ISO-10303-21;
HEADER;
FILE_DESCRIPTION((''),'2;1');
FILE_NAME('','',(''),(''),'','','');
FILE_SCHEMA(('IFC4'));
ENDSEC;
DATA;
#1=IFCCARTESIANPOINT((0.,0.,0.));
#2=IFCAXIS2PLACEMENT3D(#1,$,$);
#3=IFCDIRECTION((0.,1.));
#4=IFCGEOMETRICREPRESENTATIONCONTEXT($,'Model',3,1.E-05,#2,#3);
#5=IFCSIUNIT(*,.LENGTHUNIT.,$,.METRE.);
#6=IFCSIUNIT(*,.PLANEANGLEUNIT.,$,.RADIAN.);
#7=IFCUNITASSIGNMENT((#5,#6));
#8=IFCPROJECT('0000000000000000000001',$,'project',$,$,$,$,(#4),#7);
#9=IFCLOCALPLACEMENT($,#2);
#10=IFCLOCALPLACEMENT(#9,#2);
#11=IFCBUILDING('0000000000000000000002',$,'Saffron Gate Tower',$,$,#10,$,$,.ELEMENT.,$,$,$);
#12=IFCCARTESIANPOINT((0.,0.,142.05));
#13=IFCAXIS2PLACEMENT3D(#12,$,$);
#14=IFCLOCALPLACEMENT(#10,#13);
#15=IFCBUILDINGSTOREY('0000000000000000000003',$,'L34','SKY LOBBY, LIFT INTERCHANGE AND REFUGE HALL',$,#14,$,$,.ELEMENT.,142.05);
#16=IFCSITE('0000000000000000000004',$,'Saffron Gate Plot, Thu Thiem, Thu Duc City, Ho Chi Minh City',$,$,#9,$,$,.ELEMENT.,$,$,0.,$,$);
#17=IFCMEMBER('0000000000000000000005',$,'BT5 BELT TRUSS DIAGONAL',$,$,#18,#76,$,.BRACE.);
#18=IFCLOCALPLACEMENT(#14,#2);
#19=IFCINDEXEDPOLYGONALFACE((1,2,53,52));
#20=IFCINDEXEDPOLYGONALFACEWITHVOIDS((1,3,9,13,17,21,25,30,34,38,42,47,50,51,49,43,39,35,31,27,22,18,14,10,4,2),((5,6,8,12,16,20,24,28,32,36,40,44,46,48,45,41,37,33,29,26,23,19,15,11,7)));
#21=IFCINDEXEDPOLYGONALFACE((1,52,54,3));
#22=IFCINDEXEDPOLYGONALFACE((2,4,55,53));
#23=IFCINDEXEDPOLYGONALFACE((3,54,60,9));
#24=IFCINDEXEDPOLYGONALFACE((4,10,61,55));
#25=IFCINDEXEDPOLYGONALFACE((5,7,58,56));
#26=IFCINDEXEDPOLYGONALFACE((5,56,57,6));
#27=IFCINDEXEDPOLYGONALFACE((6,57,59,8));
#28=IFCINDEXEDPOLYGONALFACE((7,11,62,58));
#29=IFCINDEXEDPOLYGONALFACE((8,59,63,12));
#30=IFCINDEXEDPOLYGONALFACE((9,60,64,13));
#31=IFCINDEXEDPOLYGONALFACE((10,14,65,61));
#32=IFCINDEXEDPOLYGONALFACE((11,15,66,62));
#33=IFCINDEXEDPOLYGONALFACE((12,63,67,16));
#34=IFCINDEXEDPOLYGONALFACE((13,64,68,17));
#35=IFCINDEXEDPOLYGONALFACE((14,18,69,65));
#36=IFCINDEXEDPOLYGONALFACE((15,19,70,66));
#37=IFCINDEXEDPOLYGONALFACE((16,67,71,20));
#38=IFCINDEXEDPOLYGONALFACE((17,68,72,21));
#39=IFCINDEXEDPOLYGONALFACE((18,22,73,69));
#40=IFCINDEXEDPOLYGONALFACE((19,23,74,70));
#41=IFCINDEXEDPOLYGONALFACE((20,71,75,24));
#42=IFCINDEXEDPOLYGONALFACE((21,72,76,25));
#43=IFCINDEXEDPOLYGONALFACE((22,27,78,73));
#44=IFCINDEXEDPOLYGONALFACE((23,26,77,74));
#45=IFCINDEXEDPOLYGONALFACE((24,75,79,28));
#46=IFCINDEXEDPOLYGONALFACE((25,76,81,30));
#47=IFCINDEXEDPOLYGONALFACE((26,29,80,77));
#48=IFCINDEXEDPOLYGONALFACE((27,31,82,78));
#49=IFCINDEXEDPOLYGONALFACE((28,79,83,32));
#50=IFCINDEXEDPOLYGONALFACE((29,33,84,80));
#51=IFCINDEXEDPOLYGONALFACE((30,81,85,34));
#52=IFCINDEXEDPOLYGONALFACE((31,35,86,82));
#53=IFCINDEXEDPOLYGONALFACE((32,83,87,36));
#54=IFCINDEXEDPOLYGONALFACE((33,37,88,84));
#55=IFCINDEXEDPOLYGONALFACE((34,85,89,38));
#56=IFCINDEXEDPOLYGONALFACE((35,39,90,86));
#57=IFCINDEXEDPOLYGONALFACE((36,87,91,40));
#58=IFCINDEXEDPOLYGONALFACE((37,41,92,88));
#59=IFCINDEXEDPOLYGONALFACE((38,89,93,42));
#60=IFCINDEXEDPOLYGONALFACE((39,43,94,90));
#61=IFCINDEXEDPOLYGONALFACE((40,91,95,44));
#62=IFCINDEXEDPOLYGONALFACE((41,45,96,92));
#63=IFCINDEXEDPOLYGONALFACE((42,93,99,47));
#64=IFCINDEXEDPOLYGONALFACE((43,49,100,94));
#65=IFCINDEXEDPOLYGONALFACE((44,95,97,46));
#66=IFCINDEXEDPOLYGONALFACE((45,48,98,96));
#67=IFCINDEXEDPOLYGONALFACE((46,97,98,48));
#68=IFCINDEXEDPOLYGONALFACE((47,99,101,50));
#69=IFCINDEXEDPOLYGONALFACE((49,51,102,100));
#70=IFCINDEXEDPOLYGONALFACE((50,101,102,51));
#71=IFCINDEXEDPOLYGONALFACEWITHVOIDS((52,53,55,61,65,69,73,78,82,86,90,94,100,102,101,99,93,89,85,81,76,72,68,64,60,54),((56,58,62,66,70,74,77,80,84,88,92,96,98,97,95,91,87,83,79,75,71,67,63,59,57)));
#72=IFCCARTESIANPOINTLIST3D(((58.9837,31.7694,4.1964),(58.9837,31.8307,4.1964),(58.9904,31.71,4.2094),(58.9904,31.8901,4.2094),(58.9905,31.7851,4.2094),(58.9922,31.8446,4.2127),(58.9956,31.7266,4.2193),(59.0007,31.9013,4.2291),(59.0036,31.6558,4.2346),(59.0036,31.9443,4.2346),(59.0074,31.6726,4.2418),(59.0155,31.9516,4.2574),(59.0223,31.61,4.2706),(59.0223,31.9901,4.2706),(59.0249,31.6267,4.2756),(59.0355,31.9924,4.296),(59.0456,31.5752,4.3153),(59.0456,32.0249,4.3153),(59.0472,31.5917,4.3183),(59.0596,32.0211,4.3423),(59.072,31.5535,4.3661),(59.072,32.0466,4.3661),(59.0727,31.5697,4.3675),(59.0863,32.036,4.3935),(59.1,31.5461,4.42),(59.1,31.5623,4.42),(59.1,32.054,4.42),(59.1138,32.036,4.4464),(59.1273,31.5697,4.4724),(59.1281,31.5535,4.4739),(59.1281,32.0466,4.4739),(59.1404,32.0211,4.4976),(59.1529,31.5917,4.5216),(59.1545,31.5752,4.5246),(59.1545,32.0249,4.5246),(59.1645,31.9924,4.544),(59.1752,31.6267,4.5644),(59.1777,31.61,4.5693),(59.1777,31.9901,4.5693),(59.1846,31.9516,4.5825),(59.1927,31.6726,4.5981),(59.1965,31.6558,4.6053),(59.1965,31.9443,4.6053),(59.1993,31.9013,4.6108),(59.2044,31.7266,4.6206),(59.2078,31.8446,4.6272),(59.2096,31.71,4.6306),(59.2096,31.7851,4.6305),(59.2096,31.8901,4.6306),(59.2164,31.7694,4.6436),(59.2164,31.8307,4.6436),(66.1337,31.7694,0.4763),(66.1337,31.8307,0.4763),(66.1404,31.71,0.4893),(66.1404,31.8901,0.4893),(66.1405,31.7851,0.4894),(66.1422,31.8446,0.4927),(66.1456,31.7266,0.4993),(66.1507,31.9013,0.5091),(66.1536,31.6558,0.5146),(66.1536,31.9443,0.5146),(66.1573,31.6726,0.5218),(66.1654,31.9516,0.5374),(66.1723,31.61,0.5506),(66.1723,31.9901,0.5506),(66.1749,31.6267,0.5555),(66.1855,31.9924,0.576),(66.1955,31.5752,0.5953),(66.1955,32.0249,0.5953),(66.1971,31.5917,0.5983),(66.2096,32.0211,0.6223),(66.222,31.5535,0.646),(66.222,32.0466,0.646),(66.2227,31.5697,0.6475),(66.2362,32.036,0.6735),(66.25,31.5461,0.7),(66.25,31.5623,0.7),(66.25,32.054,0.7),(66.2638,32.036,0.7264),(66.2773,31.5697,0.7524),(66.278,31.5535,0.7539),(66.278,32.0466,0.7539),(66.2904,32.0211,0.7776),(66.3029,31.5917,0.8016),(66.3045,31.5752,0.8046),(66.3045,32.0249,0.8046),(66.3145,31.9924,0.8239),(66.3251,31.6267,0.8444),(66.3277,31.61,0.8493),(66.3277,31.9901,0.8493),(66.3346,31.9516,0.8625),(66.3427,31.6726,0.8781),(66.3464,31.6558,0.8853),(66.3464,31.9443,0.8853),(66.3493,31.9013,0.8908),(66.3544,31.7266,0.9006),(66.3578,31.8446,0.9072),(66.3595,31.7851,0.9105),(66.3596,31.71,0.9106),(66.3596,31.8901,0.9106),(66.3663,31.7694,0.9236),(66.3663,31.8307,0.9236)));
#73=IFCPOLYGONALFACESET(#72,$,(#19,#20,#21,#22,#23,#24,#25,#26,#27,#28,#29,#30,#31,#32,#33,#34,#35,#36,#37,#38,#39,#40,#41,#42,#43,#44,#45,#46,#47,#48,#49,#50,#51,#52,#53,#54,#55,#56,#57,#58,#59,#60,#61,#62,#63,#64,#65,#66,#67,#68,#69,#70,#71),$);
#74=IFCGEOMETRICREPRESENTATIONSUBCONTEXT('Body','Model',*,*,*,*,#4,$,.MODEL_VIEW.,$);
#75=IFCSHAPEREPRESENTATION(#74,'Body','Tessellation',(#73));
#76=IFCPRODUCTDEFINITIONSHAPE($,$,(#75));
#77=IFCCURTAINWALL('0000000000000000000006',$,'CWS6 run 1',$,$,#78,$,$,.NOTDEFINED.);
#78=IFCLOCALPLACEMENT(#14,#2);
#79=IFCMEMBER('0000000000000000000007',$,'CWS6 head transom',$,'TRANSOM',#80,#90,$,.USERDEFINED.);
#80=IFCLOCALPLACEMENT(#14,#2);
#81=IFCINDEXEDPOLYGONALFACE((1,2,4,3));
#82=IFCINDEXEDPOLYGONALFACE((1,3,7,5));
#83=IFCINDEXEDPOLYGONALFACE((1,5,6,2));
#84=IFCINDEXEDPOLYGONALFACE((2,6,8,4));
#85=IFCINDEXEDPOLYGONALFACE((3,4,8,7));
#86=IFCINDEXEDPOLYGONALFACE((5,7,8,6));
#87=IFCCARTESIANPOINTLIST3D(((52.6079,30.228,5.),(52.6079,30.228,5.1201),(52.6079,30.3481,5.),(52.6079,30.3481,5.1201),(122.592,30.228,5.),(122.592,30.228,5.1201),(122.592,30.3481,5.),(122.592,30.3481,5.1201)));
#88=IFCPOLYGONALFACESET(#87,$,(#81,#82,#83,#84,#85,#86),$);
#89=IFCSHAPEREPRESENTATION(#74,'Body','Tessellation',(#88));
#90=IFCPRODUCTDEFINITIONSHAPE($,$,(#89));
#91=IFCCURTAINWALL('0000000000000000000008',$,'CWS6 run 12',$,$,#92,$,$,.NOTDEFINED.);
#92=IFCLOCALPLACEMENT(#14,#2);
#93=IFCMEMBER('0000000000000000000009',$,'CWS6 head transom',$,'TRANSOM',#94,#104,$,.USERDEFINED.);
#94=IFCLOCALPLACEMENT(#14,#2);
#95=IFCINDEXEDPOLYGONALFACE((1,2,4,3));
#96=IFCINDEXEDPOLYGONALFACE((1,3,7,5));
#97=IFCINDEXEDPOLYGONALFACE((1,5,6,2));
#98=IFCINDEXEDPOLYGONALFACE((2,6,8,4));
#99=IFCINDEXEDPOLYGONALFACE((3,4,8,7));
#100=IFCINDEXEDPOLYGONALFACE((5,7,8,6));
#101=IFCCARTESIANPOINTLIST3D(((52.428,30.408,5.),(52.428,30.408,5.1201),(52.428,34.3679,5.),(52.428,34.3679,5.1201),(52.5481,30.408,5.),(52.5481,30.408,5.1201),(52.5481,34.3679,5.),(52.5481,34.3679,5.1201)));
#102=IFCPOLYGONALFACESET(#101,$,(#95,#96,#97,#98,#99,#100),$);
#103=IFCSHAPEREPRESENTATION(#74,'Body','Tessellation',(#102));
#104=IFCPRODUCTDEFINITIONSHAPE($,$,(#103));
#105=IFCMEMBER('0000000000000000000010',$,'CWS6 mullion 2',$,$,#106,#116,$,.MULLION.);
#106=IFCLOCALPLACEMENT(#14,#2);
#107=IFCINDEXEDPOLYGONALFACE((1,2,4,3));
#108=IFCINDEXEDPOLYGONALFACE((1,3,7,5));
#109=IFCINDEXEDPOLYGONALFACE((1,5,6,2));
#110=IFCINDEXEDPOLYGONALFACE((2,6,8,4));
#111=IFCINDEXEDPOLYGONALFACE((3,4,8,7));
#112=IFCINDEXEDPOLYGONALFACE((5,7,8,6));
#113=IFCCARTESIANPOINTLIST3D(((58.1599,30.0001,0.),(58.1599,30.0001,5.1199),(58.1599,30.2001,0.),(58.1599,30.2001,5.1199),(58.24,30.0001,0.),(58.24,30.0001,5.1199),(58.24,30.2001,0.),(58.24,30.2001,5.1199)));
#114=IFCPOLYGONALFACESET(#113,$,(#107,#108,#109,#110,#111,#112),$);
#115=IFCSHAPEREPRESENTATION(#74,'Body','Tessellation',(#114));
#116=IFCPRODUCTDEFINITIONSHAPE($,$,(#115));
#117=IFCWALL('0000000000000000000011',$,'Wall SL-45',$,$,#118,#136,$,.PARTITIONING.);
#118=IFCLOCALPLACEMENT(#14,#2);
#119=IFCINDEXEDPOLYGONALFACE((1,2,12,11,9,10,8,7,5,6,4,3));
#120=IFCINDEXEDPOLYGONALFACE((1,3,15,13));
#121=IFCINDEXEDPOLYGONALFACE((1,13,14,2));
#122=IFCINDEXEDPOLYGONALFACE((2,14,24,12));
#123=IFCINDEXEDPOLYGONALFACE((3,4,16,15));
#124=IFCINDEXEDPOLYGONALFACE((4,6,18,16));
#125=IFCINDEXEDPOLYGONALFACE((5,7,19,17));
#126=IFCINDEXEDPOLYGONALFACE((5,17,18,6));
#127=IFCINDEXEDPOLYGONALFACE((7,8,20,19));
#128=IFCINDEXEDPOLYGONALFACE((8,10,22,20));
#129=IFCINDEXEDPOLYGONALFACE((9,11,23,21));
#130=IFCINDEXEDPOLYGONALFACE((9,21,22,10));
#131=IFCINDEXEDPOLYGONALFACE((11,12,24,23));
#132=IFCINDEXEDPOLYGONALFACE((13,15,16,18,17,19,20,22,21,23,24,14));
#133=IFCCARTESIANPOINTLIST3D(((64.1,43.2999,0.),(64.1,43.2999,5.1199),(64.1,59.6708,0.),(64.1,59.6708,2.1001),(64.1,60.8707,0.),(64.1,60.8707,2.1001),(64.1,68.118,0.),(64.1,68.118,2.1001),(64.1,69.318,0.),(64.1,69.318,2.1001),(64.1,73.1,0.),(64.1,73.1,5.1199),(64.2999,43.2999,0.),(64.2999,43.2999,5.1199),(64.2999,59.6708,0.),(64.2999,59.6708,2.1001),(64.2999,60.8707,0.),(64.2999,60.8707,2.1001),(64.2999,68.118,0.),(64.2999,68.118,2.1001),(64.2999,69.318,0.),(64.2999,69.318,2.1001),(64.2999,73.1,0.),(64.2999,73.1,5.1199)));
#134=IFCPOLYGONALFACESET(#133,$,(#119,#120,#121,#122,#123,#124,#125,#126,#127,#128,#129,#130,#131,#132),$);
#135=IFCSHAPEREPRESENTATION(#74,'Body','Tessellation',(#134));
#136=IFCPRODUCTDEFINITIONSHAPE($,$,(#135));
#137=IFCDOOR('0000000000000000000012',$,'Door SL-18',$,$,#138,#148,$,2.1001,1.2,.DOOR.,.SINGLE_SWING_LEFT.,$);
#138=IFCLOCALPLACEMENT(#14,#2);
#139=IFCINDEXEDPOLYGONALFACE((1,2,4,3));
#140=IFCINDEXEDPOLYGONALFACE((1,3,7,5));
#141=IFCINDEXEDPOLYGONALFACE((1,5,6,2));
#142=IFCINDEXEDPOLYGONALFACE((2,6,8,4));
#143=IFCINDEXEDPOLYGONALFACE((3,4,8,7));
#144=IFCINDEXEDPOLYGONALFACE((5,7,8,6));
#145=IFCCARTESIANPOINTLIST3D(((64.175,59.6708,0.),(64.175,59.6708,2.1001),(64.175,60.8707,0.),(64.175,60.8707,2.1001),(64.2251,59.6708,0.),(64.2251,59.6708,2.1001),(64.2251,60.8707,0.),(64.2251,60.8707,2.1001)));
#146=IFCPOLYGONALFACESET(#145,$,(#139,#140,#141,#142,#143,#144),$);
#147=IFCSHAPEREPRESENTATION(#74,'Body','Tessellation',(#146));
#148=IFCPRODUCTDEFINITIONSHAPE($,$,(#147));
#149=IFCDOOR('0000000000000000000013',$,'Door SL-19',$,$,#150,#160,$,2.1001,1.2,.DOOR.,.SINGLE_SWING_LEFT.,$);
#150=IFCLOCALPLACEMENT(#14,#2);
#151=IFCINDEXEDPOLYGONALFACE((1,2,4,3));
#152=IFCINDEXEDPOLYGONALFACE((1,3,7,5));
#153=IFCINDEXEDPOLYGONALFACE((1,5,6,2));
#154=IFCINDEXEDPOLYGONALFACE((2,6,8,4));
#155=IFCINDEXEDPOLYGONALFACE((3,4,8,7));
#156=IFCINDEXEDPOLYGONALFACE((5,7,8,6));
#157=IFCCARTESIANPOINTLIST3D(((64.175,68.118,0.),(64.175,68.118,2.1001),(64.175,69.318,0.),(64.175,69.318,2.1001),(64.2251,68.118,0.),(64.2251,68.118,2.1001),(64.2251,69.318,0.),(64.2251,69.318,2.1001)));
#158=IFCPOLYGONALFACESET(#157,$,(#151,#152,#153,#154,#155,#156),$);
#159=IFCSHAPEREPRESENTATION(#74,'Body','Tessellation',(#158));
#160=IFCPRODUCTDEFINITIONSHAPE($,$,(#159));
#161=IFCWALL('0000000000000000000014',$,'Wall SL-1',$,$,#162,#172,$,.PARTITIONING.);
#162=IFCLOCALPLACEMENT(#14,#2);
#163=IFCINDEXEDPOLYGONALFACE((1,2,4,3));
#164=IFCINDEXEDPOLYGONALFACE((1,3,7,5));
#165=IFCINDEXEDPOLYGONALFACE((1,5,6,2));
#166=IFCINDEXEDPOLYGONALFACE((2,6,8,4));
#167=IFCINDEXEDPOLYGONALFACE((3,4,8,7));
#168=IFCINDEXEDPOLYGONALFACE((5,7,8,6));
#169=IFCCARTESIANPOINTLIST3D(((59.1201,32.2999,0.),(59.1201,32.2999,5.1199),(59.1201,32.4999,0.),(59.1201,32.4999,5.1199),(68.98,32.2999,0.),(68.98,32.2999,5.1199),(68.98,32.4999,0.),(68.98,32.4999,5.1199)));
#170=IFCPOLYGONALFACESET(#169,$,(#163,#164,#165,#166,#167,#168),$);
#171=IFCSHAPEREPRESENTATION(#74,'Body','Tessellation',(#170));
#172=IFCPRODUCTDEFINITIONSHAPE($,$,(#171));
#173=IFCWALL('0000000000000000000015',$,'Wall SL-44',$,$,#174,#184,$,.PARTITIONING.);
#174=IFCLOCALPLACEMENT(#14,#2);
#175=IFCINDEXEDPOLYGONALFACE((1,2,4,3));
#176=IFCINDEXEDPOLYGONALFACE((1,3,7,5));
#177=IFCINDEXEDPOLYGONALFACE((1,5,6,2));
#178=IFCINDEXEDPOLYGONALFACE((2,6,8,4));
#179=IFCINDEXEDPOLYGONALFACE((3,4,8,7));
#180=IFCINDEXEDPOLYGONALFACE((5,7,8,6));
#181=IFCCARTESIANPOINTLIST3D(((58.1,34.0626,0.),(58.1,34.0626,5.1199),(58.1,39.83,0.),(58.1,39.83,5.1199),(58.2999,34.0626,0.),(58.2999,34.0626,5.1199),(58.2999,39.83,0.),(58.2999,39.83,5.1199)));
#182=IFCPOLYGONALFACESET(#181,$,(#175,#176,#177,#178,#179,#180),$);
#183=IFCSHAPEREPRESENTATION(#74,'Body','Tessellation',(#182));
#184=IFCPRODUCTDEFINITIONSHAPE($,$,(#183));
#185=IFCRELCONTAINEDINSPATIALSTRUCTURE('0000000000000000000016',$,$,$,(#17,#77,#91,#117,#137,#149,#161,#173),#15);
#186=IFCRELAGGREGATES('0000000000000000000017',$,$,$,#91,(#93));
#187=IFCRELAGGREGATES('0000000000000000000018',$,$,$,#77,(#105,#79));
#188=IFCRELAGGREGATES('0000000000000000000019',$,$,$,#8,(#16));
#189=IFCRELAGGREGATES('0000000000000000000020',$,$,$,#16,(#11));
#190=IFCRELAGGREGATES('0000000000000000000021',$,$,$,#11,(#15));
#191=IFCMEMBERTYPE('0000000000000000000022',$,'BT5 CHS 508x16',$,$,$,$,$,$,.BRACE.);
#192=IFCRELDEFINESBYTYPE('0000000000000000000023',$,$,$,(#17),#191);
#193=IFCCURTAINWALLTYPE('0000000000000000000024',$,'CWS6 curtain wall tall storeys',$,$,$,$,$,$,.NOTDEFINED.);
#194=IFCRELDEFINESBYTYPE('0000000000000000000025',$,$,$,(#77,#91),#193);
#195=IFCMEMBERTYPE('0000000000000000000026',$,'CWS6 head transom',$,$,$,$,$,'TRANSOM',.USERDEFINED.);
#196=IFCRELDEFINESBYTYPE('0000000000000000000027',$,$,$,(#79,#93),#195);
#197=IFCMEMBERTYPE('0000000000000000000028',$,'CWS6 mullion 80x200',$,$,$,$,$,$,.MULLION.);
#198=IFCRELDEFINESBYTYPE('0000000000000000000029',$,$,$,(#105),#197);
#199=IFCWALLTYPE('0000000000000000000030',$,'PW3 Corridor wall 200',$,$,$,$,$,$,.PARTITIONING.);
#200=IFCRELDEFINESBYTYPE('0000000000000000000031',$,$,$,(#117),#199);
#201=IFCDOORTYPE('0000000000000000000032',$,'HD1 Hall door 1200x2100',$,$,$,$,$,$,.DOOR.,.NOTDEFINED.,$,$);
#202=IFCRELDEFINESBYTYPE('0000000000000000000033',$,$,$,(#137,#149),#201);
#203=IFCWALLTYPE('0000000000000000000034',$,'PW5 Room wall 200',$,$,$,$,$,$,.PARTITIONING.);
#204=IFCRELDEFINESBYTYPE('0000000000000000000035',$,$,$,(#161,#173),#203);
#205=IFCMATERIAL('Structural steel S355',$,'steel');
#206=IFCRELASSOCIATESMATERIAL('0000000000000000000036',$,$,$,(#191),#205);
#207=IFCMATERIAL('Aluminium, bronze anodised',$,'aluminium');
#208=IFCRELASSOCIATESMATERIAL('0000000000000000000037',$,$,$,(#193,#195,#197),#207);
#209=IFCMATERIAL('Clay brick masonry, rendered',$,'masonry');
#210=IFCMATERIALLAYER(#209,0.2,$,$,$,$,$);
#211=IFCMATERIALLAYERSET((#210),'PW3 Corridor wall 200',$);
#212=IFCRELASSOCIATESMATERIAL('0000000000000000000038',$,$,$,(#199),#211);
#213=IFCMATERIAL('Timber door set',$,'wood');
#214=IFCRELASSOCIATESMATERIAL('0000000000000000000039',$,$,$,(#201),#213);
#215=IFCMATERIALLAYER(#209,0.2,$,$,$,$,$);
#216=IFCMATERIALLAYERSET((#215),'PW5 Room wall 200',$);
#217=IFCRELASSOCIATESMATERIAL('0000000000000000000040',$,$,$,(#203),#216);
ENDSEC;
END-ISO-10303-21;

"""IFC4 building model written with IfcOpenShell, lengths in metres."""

from ifc_helpers import new_model, si_unit, direction, frame, frame_2d, origin, origin_2d, place, context, subcontext, project, spatial, rectangle, hollow_circle, extrude, material, layer, layer_set, material_profile, profile_set, type_object, element, fill, aggregate, save


model = new_model("IFC4")

# Units and contexts
model_context = context("Model", 3, precision=1e-05, world=origin(), true_north=direction((0.0, 1.0)))
body_context = subcontext(model_context, "Body", "Model", "MODEL_VIEW")
ifc_project = project(units=[si_unit("LENGTHUNIT", "METRE"), si_unit("PLANEANGLEUNIT", "RADIAN")], contexts=[model_context])

# Site, building, storey
site_placement = place(None, origin())
site = spatial("IfcSite", under=ifc_project, at=site_placement, Name="Saffron Gate Plot, Thu Thiem, Thu Duc City, Ho Chi Minh City", CompositionType="ELEMENT", RefElevation=0.0)
building_placement = place(site_placement, origin())
building = spatial("IfcBuilding", under=site, at=building_placement, Name="Saffron Gate Tower", CompositionType="ELEMENT")
storey_placement = place(building_placement, frame((0.0, 0.0, 142.05)))
storey = spatial("IfcBuildingStorey", under=building, at=storey_placement, Name="L34", Description="SKY LOBBY, LIFT INTERCHANGE AND REFUGE HALL", CompositionType="ELEMENT", Elevation=142.05)

# Shared definitions
ifc_material_1 = material(Name="Structural steel S355", Category="steel")

# Member
ifc_material_profile_1 = material_profile(ifc_material_1, hollow_circle(Radius=0.2539, WallThickness=0.0161, at=origin_2d()))
ifc_profile_set_1 = profile_set([ifc_material_profile_1], Name="Structural steel S355")
member_type_1 = type_object("IfcMemberType", Name="BT5 CHS 508x16", PredefinedType="BRACE", material=ifc_profile_set_1)
member_1_placement = place(storey_placement, frame((66.25, 31.8, 0.7), z_axis=(-0.887114, 0.0, 0.46155), x_axis=(0.0, -1.0, 0.0)))
element("IfcMember", 1, at=member_1_placement, inside=storey, type_object=member_type_1, Name="BT5 BELT TRUSS DIAGONAL", PredefinedType="BRACE", context=body_context, shape_type="SweptSolid", body=[
    extrude(hollow_circle(Radius=0.2539, WallThickness=0.0161, at=origin_2d()), origin(), (0.0, 0.0, 1.0), 8.0598),
])

# Curtain walls, members
ifc_material_2 = material(Name="Aluminium, bronze anodised", Category="aluminium")
curtain_wall_type = type_object("IfcCurtainWallType", Name="CWS6 curtain wall tall storeys", PredefinedType="NOTDEFINED", material=ifc_material_2)
curtain_wall_1_placement = place(storey_placement, origin())
curtain_wall_1 = element("IfcCurtainWall", 2, at=curtain_wall_1_placement, inside=storey, type_object=curtain_wall_type, Name="CWS6 run 1", PredefinedType="NOTDEFINED")
ifc_material_profile_2 = material_profile(ifc_material_2, rectangle(XDim=0.1201, YDim=0.1201, at=origin_2d()))
ifc_profile_set_2 = profile_set([ifc_material_profile_2], Name="Aluminium, bronze anodised")
member_type_2 = type_object("IfcMemberType", Name="CWS6 head transom", ElementType="TRANSOM", PredefinedType="USERDEFINED", material=ifc_profile_set_2)
member_2_placement = place(storey_placement, frame((52.6079, 30.2881, 5.0601), z_axis=(1.0, 0.0, 0.0), x_axis=(0.0, 1.0, 0.0)))
member_2 = element("IfcMember", 3, at=member_2_placement, type_object=member_type_2, Name="CWS6 head transom", ObjectType="TRANSOM", PredefinedType="USERDEFINED", context=body_context, shape_type="SweptSolid", body=[
    extrude(rectangle(XDim=0.1201, YDim=0.1201, at=origin_2d()), origin(), (0.0, 0.0, 1.0), 69.9841),
])
curtain_wall_2_placement = place(storey_placement, origin())
curtain_wall_2 = element("IfcCurtainWall", 4, at=curtain_wall_2_placement, inside=storey, type_object=curtain_wall_type, Name="CWS6 run 12", PredefinedType="NOTDEFINED")
member_3_placement = place(storey_placement, frame((52.488, 34.3679, 5.0601), z_axis=(0.0, -1.0, 0.0), x_axis=(1.0, 0.0, 0.0)))
member_3 = element("IfcMember", 5, at=member_3_placement, type_object=member_type_2, Name="CWS6 head transom", ObjectType="TRANSOM", PredefinedType="USERDEFINED", context=body_context, shape_type="SweptSolid", body=[
    extrude(rectangle(XDim=0.1201, YDim=0.1201, at=origin_2d()), origin(), (0.0, 0.0, 1.0), 3.96),
])
aggregate(curtain_wall_2, [member_3])

# Member
ifc_material_profile_3 = material_profile(ifc_material_2, rectangle(XDim=0.2, YDim=0.0801, at=origin_2d()))
ifc_profile_set_3 = profile_set([ifc_material_profile_3], Name="Aluminium, bronze anodised")
member_type_3 = type_object("IfcMemberType", Name="CWS6 mullion 80x200", PredefinedType="MULLION", material=ifc_profile_set_3)
member_4_placement = place(storey_placement, frame((58.2, 30.1001, 0.0), z_axis=(0.0, 0.0, 1.0), x_axis=(0.0, 1.0, 0.0)))
member_4 = element("IfcMember", 6, at=member_4_placement, type_object=member_type_3, Name="CWS6 mullion 2", PredefinedType="MULLION", context=body_context, shape_type="SweptSolid", body=[
    extrude(rectangle(XDim=0.2, YDim=0.0801, at=origin_2d()), origin(), (0.0, 0.0, 1.0), 5.1199),
])
aggregate(curtain_wall_1, [member_4, member_2])

# Wall, openings, doors
ifc_material_3 = material(Name="Clay brick masonry, rendered", Category="masonry")
ifc_layer_1 = layer(ifc_material_3, 0.2)
ifc_layer_set_1 = layer_set([ifc_layer_1], Name="PW3 Corridor wall 200")
wall_type_1 = type_object("IfcWallType", Name="PW3 Corridor wall 200", PredefinedType="PARTITIONING", material=ifc_layer_set_1)
wall_1_placement = place(storey_placement, frame((64.2, 43.3, 0.0), z_axis=(0.0, 0.0, 1.0), x_axis=(0.0, 1.0, 0.0)))
wall_1 = element("IfcWall", 7, at=wall_1_placement, inside=storey, type_object=wall_type_1, Name="Wall SL-45", PredefinedType="PARTITIONING", context=body_context, shape_type="SweptSolid", body=[
    extrude(rectangle(XDim=29.8, YDim=0.2, at=frame_2d((14.8999, 0.0))), origin(), (0.0, 0.0, 1.0), 5.1199),
])
opening_1_placement = place(wall_1_placement, frame((16.3706, 0.0, 0.0)))
opening_1 = element("IfcOpeningElement", 8, at=opening_1_placement, cuts=wall_1, PredefinedType="OPENING", context=body_context, shape_type="SweptSolid", body=[
    extrude(rectangle(XDim=1.2, YDim=2.1001, at=frame_2d((0.6001, 1.05))), frame((0.0, 0.1099, 0.0), z_axis=(0.0, -1.0, 0.0), x_axis=(1.0, 0.0, 0.0)), (0.0, 0.0, 1.0), 0.22),
])
opening_2_placement = place(wall_1_placement, frame((24.8179, 0.0, 0.0)))
opening_2 = element("IfcOpeningElement", 9, at=opening_2_placement, cuts=wall_1, PredefinedType="OPENING", context=body_context, shape_type="SweptSolid", body=[
    extrude(rectangle(XDim=1.2, YDim=2.1001, at=frame_2d((0.6001, 1.05))), frame((0.0, 0.1099, 0.0), z_axis=(0.0, -1.0, 0.0), x_axis=(1.0, 0.0, 0.0)), (0.0, 0.0, 1.0), 0.22),
])
ifc_material_4 = material(Name="Timber door set", Category="wood")
door_type = type_object("IfcDoorType", Name="HD1 Hall door 1200x2100", OperationType="NOTDEFINED", PredefinedType="DOOR", material=ifc_material_4)
door_1_placement = place(opening_1_placement, origin())
door_1 = element("IfcDoor", 10, at=door_1_placement, inside=storey, type_object=door_type, Name="Door SL-18", OperationType="SINGLE_SWING_LEFT", OverallHeight=2.1001, OverallWidth=1.2, PredefinedType="DOOR", context=body_context, shape_type="SweptSolid", body=[
    extrude(rectangle(XDim=1.2, YDim=2.1001, at=frame_2d((0.6001, 1.05))), frame((0.0, 0.0249, 0.0), z_axis=(0.0, -1.0, 0.0), x_axis=(1.0, 0.0, 0.0)), (0.0, 0.0, 1.0), 0.05),
])
fill(opening_1, door_1)
door_2_placement = place(opening_2_placement, origin())
door_2 = element("IfcDoor", 11, at=door_2_placement, inside=storey, type_object=door_type, Name="Door SL-19", OperationType="SINGLE_SWING_LEFT", OverallHeight=2.1001, OverallWidth=1.2, PredefinedType="DOOR", context=body_context, shape_type="SweptSolid", body=[
    extrude(rectangle(XDim=1.2, YDim=2.1001, at=frame_2d((0.6001, 1.05))), frame((0.0, 0.0249, 0.0), z_axis=(0.0, -1.0, 0.0), x_axis=(1.0, 0.0, 0.0)), (0.0, 0.0, 1.0), 0.05),
])
fill(opening_2, door_2)

# Walls
ifc_layer_2 = layer(ifc_material_3, 0.2)
ifc_layer_set_2 = layer_set([ifc_layer_2], Name="PW5 Room wall 200")
wall_type_2 = type_object("IfcWallType", Name="PW5 Room wall 200", PredefinedType="PARTITIONING", material=ifc_layer_set_2)
wall_2_placement = place(storey_placement, frame((59.1201, 32.3999, 0.0), z_axis=(0.0, 0.0, 1.0), x_axis=(1.0, 0.0, 0.0)))
element("IfcWall", 12, at=wall_2_placement, inside=storey, type_object=wall_type_2, Name="Wall SL-1", PredefinedType="PARTITIONING", context=body_context, shape_type="SweptSolid", body=[
    extrude(rectangle(XDim=9.8599, YDim=0.2, at=frame_2d((4.9299, 0.0))), origin(), (0.0, 0.0, 1.0), 5.1199),
])
wall_3_placement = place(storey_placement, frame((58.2, 39.8301, 0.0), z_axis=(0.0, 0.0, 1.0), x_axis=(0.0, -1.0, 0.0)))
element("IfcWall", 13, at=wall_3_placement, inside=storey, type_object=wall_type_2, Name="Wall SL-44", PredefinedType="PARTITIONING", context=body_context, shape_type="SweptSolid", body=[
    extrude(rectangle(XDim=5.7673, YDim=0.2, at=frame_2d((2.8838, 0.0))), origin(), (0.0, 0.0, 1.0), 5.1199),
])

save(model, "model.ifc")
